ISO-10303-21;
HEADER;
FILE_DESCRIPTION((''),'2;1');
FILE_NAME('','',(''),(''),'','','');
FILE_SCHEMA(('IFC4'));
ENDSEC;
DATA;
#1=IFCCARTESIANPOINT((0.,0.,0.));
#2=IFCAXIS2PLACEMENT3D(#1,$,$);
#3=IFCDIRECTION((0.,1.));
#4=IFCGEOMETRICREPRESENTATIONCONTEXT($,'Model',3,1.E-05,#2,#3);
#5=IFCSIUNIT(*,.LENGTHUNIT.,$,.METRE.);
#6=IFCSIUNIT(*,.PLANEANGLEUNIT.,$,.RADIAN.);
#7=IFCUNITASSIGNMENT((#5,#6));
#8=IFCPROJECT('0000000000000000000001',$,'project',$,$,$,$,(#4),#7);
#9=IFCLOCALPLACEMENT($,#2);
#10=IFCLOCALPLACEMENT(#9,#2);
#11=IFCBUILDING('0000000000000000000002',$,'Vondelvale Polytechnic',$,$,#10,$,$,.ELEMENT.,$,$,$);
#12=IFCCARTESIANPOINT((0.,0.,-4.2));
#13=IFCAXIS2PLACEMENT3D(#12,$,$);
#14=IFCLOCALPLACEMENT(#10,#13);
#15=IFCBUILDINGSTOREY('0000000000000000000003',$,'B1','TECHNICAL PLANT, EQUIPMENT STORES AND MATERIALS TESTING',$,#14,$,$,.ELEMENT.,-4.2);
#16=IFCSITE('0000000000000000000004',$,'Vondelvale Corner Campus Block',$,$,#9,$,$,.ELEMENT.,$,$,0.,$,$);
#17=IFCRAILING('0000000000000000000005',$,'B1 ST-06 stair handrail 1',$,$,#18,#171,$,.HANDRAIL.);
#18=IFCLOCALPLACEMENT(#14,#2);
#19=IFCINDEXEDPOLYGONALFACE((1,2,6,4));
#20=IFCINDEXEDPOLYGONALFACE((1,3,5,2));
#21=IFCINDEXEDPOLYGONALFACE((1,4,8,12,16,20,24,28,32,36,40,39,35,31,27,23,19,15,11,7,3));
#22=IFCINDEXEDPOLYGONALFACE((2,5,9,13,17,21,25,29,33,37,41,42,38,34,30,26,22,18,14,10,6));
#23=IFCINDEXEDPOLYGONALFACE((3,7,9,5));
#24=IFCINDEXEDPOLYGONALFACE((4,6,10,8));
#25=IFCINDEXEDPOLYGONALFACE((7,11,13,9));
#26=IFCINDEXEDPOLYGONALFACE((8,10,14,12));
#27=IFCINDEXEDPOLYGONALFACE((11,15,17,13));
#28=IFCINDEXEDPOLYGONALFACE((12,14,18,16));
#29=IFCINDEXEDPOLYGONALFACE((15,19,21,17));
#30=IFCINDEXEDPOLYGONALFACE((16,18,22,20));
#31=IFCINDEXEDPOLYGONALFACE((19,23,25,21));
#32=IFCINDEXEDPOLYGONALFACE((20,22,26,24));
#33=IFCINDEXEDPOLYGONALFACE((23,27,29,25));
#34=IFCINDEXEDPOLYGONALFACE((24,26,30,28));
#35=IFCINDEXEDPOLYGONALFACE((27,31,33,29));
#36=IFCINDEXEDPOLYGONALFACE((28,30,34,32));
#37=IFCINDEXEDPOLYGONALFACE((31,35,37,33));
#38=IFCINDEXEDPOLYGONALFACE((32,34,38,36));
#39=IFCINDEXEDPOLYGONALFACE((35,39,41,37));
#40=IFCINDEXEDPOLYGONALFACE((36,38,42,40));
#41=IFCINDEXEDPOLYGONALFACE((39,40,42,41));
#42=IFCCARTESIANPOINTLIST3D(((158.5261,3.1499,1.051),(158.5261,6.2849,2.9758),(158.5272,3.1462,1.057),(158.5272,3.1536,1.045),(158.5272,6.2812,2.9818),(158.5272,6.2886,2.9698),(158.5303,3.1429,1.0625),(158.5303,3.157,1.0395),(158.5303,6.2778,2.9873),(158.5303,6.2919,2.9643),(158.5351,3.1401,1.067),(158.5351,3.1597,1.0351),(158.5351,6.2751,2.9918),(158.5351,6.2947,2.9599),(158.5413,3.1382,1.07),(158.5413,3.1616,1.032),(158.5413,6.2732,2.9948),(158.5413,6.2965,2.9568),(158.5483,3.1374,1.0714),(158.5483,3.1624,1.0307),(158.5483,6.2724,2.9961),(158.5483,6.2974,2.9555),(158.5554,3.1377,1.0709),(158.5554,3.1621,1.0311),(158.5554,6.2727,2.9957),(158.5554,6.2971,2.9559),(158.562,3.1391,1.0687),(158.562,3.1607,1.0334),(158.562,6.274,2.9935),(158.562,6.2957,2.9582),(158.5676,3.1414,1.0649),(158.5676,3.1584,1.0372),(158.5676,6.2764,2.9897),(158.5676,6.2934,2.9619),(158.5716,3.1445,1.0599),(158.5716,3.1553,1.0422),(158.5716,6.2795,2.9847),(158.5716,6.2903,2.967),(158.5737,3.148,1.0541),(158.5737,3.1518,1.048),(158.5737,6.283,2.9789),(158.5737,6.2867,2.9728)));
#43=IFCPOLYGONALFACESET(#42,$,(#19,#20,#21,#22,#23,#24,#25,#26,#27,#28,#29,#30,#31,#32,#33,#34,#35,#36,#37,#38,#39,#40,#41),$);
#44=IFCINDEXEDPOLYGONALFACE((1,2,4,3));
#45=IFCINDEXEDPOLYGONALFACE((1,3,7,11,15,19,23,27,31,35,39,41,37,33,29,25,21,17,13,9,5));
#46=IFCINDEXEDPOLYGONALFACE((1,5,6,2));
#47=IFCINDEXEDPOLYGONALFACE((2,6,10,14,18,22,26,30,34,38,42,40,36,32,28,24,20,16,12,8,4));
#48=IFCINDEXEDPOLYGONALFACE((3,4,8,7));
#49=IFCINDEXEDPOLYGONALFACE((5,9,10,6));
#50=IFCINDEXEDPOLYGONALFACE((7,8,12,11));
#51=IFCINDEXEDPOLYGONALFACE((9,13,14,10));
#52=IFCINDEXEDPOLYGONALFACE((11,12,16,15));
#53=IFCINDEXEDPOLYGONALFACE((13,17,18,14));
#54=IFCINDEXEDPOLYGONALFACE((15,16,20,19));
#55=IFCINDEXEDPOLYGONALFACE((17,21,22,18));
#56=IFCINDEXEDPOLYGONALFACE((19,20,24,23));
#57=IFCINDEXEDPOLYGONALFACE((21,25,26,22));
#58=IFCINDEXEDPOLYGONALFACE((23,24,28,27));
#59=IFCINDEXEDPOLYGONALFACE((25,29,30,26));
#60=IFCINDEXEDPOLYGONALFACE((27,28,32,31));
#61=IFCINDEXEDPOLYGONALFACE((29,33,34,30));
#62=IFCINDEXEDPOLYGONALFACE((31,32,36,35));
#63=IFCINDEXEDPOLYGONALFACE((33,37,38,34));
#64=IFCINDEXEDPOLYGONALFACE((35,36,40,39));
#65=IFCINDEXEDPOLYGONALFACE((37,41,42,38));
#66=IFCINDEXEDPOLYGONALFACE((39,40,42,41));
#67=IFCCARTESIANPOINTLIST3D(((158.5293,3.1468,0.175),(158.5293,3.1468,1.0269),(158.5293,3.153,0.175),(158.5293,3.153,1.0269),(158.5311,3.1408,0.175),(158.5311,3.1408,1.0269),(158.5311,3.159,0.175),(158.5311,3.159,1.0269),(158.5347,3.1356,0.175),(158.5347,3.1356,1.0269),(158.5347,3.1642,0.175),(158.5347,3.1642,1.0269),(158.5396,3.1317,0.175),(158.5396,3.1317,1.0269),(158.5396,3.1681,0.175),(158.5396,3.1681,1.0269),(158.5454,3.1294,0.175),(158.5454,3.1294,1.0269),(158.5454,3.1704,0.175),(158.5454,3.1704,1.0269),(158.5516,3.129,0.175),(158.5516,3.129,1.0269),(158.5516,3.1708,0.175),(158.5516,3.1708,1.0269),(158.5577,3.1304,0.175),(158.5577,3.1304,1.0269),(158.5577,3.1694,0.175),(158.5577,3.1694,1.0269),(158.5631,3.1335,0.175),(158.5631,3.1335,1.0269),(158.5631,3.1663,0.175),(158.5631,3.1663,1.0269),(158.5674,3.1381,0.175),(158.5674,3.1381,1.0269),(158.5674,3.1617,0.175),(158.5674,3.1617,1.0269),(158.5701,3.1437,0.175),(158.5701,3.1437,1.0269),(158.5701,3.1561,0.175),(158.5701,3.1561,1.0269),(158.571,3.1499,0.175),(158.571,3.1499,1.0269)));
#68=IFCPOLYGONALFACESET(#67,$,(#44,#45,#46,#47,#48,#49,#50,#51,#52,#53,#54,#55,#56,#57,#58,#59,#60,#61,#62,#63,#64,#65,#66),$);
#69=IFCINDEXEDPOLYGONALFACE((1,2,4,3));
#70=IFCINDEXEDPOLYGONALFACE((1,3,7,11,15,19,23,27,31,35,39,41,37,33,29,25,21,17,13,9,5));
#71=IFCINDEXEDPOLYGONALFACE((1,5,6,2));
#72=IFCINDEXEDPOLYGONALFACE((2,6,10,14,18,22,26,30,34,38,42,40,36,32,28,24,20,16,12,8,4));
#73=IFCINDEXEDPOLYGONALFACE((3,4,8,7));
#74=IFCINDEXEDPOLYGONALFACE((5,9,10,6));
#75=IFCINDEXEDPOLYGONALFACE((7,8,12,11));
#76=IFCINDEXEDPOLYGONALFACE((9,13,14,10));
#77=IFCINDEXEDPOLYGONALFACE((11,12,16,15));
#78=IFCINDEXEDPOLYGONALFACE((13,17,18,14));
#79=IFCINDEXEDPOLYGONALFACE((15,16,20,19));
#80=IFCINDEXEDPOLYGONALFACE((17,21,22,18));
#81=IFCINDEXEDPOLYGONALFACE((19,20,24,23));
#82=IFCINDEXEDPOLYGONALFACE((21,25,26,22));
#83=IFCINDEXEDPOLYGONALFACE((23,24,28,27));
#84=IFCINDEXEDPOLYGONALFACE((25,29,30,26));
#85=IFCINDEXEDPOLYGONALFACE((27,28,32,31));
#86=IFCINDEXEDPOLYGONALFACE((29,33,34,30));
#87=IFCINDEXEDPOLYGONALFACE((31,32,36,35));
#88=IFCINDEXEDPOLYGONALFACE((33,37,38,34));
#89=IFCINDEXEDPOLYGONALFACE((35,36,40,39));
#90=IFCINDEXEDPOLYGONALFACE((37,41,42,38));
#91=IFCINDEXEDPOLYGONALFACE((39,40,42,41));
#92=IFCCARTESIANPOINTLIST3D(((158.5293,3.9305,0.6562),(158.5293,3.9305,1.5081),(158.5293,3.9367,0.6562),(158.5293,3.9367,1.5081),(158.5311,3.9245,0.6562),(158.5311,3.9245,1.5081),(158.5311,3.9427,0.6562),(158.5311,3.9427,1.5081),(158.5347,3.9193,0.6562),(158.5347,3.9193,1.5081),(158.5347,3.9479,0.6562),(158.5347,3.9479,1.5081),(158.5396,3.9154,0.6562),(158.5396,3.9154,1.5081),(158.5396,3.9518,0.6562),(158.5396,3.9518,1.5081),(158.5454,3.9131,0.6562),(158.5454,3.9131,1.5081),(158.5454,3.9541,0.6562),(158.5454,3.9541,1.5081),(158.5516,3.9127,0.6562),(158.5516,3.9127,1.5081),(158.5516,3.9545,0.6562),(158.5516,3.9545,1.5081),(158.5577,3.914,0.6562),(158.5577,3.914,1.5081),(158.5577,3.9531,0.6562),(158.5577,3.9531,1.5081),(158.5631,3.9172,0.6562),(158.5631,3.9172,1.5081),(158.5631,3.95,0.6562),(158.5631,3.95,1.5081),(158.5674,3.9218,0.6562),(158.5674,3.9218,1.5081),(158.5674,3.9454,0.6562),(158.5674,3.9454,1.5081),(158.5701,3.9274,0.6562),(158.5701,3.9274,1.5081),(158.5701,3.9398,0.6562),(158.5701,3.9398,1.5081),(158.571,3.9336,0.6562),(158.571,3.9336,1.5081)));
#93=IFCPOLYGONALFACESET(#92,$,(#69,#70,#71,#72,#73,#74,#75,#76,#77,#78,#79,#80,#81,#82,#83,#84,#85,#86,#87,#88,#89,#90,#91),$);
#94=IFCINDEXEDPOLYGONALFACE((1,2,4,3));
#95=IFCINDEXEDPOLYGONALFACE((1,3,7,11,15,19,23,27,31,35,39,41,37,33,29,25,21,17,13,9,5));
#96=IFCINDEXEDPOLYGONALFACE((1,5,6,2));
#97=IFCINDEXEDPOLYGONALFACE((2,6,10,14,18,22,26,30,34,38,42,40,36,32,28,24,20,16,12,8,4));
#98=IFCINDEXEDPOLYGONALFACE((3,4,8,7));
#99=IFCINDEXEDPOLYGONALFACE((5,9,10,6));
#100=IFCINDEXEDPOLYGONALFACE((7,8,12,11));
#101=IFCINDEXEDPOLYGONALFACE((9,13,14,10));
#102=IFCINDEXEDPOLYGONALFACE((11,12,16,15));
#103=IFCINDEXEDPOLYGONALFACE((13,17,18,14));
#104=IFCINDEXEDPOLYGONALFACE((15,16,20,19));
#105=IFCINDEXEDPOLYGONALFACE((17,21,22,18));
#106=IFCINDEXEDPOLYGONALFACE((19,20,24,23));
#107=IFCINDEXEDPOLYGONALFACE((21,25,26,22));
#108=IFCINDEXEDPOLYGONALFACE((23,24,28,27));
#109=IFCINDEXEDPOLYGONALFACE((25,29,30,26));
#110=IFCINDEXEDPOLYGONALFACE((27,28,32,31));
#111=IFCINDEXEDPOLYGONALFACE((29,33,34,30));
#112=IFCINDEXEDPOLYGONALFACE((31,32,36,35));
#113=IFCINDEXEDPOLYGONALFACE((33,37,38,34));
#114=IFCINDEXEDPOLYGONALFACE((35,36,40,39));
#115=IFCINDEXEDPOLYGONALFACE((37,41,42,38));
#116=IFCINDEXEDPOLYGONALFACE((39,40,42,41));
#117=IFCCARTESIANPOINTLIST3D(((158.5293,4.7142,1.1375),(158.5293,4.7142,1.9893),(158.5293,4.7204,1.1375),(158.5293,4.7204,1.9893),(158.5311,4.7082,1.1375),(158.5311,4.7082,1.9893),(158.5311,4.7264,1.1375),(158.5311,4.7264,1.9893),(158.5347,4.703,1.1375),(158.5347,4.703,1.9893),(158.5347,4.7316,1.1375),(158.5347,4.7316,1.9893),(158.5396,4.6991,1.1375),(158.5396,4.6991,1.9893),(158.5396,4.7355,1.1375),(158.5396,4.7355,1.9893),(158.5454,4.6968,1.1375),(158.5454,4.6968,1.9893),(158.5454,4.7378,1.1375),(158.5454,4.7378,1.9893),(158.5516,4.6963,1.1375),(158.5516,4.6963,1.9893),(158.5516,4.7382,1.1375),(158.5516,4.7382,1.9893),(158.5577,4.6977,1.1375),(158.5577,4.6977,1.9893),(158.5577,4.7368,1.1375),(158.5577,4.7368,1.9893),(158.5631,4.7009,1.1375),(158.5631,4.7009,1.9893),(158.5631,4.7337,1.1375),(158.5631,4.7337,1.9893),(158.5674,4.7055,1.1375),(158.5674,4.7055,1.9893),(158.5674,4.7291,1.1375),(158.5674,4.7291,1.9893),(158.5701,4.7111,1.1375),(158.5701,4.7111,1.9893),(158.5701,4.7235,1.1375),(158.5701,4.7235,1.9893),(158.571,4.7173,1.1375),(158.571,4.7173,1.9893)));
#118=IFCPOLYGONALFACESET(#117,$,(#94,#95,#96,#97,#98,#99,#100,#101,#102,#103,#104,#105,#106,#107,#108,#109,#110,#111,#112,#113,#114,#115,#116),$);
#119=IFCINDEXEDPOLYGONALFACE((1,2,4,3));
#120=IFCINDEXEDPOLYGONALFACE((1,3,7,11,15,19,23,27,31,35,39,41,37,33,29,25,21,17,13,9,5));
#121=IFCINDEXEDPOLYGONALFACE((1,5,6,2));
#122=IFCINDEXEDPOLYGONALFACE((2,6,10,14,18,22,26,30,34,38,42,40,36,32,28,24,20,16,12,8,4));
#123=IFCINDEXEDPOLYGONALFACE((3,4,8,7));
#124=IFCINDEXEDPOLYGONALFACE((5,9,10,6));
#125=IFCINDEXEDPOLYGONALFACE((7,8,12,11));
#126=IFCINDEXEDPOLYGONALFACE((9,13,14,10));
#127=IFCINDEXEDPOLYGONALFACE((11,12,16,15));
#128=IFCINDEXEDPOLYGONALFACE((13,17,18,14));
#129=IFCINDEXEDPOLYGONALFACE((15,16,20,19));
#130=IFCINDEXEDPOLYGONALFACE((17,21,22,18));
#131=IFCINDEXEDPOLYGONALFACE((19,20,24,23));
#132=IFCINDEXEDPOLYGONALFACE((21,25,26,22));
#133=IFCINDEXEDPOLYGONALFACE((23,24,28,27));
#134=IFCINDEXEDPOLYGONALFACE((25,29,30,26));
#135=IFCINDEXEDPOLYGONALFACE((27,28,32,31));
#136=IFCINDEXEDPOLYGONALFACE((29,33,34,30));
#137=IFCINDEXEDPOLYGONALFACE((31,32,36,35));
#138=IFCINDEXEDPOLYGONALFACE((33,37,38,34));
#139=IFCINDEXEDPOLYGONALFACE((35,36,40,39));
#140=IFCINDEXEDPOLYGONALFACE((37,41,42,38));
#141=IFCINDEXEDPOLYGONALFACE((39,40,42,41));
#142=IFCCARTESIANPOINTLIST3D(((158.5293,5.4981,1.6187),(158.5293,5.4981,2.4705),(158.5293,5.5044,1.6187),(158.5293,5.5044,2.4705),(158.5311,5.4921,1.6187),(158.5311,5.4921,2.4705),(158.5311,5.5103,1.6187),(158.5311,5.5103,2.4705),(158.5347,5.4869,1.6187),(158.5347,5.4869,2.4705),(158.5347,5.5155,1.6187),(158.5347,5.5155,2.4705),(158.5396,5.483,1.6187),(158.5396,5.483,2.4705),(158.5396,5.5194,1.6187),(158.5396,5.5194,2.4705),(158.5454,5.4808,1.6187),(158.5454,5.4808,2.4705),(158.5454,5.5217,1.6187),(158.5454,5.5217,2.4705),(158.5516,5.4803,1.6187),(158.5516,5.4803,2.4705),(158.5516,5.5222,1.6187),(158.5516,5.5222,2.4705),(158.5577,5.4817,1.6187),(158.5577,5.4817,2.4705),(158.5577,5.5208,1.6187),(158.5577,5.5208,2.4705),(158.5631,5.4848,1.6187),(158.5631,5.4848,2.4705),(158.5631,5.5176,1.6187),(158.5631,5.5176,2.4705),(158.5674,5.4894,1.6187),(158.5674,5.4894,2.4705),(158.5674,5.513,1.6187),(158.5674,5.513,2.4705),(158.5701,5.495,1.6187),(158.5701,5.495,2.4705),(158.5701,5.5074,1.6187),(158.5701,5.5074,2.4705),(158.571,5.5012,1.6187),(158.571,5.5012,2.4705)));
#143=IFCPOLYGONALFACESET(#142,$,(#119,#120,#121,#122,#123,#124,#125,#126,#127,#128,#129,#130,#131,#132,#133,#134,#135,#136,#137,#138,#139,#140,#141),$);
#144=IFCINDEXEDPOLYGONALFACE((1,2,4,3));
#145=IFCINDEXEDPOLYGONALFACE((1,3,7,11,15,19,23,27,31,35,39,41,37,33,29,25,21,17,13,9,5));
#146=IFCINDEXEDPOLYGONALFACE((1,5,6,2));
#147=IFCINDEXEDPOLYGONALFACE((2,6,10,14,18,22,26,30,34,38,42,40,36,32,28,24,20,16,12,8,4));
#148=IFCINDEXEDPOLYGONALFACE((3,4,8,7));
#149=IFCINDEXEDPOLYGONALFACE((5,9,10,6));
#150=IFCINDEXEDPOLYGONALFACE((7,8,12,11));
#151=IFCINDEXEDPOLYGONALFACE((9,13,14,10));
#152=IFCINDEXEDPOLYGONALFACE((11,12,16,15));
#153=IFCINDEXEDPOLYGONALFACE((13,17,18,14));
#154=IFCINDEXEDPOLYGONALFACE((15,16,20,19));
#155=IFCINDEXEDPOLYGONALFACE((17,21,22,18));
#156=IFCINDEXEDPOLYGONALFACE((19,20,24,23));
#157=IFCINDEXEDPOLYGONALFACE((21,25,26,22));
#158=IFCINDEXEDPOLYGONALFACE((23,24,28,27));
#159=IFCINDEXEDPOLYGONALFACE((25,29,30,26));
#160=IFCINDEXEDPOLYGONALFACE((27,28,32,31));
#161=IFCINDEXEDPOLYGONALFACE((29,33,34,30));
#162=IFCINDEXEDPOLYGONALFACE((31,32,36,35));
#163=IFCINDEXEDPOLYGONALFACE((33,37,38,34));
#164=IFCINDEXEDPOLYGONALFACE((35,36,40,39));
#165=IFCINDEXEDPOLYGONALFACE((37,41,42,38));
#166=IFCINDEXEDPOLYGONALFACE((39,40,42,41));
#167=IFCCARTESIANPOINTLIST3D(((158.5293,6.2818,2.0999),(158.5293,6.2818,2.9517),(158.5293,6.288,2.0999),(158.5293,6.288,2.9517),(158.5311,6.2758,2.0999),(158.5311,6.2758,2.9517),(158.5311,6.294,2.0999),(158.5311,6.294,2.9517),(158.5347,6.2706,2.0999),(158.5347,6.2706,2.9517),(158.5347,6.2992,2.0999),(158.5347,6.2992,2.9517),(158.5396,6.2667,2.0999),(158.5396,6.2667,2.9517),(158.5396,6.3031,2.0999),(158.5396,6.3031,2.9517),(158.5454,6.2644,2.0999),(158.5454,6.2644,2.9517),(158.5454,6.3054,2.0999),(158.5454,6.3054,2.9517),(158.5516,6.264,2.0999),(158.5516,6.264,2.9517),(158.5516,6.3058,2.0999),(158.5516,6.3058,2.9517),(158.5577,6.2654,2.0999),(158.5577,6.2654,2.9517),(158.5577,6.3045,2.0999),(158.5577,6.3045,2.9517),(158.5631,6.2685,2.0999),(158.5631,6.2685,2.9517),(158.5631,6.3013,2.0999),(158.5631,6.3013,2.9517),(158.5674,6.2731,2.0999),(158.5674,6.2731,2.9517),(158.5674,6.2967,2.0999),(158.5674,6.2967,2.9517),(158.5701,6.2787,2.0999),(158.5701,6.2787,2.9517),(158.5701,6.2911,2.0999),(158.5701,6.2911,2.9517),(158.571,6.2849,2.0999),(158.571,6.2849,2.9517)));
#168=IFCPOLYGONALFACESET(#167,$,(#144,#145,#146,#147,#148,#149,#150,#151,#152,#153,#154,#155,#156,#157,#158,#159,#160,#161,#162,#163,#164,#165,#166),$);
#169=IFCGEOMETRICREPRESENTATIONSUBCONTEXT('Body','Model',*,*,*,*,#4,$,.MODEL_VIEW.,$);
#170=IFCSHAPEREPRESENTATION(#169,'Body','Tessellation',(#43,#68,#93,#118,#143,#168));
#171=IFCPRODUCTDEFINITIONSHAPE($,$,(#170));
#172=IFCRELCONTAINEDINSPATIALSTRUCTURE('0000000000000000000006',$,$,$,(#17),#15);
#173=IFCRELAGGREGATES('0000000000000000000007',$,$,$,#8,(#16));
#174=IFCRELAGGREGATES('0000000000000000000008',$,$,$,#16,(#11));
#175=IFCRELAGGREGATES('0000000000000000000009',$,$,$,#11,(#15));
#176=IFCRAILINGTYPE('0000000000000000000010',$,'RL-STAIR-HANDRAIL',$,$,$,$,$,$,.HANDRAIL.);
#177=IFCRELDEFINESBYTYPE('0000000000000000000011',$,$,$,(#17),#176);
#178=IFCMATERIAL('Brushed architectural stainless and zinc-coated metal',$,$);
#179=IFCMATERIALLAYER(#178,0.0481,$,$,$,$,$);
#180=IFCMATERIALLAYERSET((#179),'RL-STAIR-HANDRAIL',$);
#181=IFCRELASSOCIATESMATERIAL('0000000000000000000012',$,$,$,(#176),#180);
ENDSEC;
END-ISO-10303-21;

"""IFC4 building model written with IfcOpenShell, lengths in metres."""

from ifc_helpers import new_model, si_unit, direction, frame, origin, origin_2d, place, context, subcontext, project, spatial, circle, extrude, material, layer, layer_set, type_object, element, save


model = new_model("IFC4")

# Units and contexts
model_context = context("Model", 3, precision=1e-05, world=origin(), true_north=direction((0.0, 1.0)))
body_context = subcontext(model_context, "Body", "Model", "MODEL_VIEW")
ifc_project = project(units=[si_unit("LENGTHUNIT", "METRE"), si_unit("PLANEANGLEUNIT", "RADIAN")], contexts=[model_context])

# Site, building, storey
site_placement = place(None, origin())
site = spatial("IfcSite", under=ifc_project, at=site_placement, Name="Vondelvale Corner Campus Block", CompositionType="ELEMENT", RefElevation=0.0)
building_placement = place(site_placement, origin())
building = spatial("IfcBuilding", under=site, at=building_placement, Name="Vondelvale Polytechnic", CompositionType="ELEMENT")
storey_placement = place(building_placement, frame((0.0, 0.0, -4.2)))
storey = spatial("IfcBuildingStorey", under=building, at=storey_placement, Name="B1", Description="TECHNICAL PLANT, EQUIPMENT STORES AND MATERIALS TESTING", CompositionType="ELEMENT", Elevation=-4.2)

# Shared definitions
ifc_material_1 = material(Name="Brushed architectural stainless and zinc-coated metal")

# Railing
ifc_layer_1 = layer(ifc_material_1, 0.0481)
ifc_layer_set_1 = layer_set([ifc_layer_1], Name="RL-STAIR-HANDRAIL")
railing_type_1 = type_object("IfcRailingType", Name="RL-STAIR-HANDRAIL", PredefinedType="HANDRAIL", material=ifc_layer_set_1)
railing_1_placement = place(storey_placement, frame((158.55, 3.1499, 0.175)))
element("IfcRailing", 1, at=railing_1_placement, inside=storey, type_object=railing_type_1, Name="B1 ST-06 stair handrail 1", PredefinedType="HANDRAIL", context=body_context, shape_type="SweptSolid", body=[
    extrude(circle(Radius=0.0239, at=origin_2d()), frame((0.0, 0.0, 0.876), z_axis=(0.0, 0.852196, 0.523223), x_axis=(-1.0, 0.0, 0.0)), (0.0, 0.0, 1.0), 3.6787),
    extrude(circle(Radius=0.021, at=origin_2d()), origin(), (0.0, 0.0, 1.0), 0.8518),
    extrude(circle(Radius=0.021, at=origin_2d()), frame((0.0, 0.7837, 0.4812)), (0.0, 0.0, 1.0), 0.8518),
    extrude(circle(Radius=0.021, at=origin_2d()), frame((0.0, 1.5674, 0.9624)), (0.0, 0.0, 1.0), 0.8518),
    extrude(circle(Radius=0.021, at=origin_2d()), frame((0.0, 2.3513, 1.4436)), (0.0, 0.0, 1.0), 0.8518),
    extrude(circle(Radius=0.021, at=origin_2d()), frame((0.0, 3.135, 1.9248)), (0.0, 0.0, 1.0), 0.8518),
])

save(model, "model.ifc")
